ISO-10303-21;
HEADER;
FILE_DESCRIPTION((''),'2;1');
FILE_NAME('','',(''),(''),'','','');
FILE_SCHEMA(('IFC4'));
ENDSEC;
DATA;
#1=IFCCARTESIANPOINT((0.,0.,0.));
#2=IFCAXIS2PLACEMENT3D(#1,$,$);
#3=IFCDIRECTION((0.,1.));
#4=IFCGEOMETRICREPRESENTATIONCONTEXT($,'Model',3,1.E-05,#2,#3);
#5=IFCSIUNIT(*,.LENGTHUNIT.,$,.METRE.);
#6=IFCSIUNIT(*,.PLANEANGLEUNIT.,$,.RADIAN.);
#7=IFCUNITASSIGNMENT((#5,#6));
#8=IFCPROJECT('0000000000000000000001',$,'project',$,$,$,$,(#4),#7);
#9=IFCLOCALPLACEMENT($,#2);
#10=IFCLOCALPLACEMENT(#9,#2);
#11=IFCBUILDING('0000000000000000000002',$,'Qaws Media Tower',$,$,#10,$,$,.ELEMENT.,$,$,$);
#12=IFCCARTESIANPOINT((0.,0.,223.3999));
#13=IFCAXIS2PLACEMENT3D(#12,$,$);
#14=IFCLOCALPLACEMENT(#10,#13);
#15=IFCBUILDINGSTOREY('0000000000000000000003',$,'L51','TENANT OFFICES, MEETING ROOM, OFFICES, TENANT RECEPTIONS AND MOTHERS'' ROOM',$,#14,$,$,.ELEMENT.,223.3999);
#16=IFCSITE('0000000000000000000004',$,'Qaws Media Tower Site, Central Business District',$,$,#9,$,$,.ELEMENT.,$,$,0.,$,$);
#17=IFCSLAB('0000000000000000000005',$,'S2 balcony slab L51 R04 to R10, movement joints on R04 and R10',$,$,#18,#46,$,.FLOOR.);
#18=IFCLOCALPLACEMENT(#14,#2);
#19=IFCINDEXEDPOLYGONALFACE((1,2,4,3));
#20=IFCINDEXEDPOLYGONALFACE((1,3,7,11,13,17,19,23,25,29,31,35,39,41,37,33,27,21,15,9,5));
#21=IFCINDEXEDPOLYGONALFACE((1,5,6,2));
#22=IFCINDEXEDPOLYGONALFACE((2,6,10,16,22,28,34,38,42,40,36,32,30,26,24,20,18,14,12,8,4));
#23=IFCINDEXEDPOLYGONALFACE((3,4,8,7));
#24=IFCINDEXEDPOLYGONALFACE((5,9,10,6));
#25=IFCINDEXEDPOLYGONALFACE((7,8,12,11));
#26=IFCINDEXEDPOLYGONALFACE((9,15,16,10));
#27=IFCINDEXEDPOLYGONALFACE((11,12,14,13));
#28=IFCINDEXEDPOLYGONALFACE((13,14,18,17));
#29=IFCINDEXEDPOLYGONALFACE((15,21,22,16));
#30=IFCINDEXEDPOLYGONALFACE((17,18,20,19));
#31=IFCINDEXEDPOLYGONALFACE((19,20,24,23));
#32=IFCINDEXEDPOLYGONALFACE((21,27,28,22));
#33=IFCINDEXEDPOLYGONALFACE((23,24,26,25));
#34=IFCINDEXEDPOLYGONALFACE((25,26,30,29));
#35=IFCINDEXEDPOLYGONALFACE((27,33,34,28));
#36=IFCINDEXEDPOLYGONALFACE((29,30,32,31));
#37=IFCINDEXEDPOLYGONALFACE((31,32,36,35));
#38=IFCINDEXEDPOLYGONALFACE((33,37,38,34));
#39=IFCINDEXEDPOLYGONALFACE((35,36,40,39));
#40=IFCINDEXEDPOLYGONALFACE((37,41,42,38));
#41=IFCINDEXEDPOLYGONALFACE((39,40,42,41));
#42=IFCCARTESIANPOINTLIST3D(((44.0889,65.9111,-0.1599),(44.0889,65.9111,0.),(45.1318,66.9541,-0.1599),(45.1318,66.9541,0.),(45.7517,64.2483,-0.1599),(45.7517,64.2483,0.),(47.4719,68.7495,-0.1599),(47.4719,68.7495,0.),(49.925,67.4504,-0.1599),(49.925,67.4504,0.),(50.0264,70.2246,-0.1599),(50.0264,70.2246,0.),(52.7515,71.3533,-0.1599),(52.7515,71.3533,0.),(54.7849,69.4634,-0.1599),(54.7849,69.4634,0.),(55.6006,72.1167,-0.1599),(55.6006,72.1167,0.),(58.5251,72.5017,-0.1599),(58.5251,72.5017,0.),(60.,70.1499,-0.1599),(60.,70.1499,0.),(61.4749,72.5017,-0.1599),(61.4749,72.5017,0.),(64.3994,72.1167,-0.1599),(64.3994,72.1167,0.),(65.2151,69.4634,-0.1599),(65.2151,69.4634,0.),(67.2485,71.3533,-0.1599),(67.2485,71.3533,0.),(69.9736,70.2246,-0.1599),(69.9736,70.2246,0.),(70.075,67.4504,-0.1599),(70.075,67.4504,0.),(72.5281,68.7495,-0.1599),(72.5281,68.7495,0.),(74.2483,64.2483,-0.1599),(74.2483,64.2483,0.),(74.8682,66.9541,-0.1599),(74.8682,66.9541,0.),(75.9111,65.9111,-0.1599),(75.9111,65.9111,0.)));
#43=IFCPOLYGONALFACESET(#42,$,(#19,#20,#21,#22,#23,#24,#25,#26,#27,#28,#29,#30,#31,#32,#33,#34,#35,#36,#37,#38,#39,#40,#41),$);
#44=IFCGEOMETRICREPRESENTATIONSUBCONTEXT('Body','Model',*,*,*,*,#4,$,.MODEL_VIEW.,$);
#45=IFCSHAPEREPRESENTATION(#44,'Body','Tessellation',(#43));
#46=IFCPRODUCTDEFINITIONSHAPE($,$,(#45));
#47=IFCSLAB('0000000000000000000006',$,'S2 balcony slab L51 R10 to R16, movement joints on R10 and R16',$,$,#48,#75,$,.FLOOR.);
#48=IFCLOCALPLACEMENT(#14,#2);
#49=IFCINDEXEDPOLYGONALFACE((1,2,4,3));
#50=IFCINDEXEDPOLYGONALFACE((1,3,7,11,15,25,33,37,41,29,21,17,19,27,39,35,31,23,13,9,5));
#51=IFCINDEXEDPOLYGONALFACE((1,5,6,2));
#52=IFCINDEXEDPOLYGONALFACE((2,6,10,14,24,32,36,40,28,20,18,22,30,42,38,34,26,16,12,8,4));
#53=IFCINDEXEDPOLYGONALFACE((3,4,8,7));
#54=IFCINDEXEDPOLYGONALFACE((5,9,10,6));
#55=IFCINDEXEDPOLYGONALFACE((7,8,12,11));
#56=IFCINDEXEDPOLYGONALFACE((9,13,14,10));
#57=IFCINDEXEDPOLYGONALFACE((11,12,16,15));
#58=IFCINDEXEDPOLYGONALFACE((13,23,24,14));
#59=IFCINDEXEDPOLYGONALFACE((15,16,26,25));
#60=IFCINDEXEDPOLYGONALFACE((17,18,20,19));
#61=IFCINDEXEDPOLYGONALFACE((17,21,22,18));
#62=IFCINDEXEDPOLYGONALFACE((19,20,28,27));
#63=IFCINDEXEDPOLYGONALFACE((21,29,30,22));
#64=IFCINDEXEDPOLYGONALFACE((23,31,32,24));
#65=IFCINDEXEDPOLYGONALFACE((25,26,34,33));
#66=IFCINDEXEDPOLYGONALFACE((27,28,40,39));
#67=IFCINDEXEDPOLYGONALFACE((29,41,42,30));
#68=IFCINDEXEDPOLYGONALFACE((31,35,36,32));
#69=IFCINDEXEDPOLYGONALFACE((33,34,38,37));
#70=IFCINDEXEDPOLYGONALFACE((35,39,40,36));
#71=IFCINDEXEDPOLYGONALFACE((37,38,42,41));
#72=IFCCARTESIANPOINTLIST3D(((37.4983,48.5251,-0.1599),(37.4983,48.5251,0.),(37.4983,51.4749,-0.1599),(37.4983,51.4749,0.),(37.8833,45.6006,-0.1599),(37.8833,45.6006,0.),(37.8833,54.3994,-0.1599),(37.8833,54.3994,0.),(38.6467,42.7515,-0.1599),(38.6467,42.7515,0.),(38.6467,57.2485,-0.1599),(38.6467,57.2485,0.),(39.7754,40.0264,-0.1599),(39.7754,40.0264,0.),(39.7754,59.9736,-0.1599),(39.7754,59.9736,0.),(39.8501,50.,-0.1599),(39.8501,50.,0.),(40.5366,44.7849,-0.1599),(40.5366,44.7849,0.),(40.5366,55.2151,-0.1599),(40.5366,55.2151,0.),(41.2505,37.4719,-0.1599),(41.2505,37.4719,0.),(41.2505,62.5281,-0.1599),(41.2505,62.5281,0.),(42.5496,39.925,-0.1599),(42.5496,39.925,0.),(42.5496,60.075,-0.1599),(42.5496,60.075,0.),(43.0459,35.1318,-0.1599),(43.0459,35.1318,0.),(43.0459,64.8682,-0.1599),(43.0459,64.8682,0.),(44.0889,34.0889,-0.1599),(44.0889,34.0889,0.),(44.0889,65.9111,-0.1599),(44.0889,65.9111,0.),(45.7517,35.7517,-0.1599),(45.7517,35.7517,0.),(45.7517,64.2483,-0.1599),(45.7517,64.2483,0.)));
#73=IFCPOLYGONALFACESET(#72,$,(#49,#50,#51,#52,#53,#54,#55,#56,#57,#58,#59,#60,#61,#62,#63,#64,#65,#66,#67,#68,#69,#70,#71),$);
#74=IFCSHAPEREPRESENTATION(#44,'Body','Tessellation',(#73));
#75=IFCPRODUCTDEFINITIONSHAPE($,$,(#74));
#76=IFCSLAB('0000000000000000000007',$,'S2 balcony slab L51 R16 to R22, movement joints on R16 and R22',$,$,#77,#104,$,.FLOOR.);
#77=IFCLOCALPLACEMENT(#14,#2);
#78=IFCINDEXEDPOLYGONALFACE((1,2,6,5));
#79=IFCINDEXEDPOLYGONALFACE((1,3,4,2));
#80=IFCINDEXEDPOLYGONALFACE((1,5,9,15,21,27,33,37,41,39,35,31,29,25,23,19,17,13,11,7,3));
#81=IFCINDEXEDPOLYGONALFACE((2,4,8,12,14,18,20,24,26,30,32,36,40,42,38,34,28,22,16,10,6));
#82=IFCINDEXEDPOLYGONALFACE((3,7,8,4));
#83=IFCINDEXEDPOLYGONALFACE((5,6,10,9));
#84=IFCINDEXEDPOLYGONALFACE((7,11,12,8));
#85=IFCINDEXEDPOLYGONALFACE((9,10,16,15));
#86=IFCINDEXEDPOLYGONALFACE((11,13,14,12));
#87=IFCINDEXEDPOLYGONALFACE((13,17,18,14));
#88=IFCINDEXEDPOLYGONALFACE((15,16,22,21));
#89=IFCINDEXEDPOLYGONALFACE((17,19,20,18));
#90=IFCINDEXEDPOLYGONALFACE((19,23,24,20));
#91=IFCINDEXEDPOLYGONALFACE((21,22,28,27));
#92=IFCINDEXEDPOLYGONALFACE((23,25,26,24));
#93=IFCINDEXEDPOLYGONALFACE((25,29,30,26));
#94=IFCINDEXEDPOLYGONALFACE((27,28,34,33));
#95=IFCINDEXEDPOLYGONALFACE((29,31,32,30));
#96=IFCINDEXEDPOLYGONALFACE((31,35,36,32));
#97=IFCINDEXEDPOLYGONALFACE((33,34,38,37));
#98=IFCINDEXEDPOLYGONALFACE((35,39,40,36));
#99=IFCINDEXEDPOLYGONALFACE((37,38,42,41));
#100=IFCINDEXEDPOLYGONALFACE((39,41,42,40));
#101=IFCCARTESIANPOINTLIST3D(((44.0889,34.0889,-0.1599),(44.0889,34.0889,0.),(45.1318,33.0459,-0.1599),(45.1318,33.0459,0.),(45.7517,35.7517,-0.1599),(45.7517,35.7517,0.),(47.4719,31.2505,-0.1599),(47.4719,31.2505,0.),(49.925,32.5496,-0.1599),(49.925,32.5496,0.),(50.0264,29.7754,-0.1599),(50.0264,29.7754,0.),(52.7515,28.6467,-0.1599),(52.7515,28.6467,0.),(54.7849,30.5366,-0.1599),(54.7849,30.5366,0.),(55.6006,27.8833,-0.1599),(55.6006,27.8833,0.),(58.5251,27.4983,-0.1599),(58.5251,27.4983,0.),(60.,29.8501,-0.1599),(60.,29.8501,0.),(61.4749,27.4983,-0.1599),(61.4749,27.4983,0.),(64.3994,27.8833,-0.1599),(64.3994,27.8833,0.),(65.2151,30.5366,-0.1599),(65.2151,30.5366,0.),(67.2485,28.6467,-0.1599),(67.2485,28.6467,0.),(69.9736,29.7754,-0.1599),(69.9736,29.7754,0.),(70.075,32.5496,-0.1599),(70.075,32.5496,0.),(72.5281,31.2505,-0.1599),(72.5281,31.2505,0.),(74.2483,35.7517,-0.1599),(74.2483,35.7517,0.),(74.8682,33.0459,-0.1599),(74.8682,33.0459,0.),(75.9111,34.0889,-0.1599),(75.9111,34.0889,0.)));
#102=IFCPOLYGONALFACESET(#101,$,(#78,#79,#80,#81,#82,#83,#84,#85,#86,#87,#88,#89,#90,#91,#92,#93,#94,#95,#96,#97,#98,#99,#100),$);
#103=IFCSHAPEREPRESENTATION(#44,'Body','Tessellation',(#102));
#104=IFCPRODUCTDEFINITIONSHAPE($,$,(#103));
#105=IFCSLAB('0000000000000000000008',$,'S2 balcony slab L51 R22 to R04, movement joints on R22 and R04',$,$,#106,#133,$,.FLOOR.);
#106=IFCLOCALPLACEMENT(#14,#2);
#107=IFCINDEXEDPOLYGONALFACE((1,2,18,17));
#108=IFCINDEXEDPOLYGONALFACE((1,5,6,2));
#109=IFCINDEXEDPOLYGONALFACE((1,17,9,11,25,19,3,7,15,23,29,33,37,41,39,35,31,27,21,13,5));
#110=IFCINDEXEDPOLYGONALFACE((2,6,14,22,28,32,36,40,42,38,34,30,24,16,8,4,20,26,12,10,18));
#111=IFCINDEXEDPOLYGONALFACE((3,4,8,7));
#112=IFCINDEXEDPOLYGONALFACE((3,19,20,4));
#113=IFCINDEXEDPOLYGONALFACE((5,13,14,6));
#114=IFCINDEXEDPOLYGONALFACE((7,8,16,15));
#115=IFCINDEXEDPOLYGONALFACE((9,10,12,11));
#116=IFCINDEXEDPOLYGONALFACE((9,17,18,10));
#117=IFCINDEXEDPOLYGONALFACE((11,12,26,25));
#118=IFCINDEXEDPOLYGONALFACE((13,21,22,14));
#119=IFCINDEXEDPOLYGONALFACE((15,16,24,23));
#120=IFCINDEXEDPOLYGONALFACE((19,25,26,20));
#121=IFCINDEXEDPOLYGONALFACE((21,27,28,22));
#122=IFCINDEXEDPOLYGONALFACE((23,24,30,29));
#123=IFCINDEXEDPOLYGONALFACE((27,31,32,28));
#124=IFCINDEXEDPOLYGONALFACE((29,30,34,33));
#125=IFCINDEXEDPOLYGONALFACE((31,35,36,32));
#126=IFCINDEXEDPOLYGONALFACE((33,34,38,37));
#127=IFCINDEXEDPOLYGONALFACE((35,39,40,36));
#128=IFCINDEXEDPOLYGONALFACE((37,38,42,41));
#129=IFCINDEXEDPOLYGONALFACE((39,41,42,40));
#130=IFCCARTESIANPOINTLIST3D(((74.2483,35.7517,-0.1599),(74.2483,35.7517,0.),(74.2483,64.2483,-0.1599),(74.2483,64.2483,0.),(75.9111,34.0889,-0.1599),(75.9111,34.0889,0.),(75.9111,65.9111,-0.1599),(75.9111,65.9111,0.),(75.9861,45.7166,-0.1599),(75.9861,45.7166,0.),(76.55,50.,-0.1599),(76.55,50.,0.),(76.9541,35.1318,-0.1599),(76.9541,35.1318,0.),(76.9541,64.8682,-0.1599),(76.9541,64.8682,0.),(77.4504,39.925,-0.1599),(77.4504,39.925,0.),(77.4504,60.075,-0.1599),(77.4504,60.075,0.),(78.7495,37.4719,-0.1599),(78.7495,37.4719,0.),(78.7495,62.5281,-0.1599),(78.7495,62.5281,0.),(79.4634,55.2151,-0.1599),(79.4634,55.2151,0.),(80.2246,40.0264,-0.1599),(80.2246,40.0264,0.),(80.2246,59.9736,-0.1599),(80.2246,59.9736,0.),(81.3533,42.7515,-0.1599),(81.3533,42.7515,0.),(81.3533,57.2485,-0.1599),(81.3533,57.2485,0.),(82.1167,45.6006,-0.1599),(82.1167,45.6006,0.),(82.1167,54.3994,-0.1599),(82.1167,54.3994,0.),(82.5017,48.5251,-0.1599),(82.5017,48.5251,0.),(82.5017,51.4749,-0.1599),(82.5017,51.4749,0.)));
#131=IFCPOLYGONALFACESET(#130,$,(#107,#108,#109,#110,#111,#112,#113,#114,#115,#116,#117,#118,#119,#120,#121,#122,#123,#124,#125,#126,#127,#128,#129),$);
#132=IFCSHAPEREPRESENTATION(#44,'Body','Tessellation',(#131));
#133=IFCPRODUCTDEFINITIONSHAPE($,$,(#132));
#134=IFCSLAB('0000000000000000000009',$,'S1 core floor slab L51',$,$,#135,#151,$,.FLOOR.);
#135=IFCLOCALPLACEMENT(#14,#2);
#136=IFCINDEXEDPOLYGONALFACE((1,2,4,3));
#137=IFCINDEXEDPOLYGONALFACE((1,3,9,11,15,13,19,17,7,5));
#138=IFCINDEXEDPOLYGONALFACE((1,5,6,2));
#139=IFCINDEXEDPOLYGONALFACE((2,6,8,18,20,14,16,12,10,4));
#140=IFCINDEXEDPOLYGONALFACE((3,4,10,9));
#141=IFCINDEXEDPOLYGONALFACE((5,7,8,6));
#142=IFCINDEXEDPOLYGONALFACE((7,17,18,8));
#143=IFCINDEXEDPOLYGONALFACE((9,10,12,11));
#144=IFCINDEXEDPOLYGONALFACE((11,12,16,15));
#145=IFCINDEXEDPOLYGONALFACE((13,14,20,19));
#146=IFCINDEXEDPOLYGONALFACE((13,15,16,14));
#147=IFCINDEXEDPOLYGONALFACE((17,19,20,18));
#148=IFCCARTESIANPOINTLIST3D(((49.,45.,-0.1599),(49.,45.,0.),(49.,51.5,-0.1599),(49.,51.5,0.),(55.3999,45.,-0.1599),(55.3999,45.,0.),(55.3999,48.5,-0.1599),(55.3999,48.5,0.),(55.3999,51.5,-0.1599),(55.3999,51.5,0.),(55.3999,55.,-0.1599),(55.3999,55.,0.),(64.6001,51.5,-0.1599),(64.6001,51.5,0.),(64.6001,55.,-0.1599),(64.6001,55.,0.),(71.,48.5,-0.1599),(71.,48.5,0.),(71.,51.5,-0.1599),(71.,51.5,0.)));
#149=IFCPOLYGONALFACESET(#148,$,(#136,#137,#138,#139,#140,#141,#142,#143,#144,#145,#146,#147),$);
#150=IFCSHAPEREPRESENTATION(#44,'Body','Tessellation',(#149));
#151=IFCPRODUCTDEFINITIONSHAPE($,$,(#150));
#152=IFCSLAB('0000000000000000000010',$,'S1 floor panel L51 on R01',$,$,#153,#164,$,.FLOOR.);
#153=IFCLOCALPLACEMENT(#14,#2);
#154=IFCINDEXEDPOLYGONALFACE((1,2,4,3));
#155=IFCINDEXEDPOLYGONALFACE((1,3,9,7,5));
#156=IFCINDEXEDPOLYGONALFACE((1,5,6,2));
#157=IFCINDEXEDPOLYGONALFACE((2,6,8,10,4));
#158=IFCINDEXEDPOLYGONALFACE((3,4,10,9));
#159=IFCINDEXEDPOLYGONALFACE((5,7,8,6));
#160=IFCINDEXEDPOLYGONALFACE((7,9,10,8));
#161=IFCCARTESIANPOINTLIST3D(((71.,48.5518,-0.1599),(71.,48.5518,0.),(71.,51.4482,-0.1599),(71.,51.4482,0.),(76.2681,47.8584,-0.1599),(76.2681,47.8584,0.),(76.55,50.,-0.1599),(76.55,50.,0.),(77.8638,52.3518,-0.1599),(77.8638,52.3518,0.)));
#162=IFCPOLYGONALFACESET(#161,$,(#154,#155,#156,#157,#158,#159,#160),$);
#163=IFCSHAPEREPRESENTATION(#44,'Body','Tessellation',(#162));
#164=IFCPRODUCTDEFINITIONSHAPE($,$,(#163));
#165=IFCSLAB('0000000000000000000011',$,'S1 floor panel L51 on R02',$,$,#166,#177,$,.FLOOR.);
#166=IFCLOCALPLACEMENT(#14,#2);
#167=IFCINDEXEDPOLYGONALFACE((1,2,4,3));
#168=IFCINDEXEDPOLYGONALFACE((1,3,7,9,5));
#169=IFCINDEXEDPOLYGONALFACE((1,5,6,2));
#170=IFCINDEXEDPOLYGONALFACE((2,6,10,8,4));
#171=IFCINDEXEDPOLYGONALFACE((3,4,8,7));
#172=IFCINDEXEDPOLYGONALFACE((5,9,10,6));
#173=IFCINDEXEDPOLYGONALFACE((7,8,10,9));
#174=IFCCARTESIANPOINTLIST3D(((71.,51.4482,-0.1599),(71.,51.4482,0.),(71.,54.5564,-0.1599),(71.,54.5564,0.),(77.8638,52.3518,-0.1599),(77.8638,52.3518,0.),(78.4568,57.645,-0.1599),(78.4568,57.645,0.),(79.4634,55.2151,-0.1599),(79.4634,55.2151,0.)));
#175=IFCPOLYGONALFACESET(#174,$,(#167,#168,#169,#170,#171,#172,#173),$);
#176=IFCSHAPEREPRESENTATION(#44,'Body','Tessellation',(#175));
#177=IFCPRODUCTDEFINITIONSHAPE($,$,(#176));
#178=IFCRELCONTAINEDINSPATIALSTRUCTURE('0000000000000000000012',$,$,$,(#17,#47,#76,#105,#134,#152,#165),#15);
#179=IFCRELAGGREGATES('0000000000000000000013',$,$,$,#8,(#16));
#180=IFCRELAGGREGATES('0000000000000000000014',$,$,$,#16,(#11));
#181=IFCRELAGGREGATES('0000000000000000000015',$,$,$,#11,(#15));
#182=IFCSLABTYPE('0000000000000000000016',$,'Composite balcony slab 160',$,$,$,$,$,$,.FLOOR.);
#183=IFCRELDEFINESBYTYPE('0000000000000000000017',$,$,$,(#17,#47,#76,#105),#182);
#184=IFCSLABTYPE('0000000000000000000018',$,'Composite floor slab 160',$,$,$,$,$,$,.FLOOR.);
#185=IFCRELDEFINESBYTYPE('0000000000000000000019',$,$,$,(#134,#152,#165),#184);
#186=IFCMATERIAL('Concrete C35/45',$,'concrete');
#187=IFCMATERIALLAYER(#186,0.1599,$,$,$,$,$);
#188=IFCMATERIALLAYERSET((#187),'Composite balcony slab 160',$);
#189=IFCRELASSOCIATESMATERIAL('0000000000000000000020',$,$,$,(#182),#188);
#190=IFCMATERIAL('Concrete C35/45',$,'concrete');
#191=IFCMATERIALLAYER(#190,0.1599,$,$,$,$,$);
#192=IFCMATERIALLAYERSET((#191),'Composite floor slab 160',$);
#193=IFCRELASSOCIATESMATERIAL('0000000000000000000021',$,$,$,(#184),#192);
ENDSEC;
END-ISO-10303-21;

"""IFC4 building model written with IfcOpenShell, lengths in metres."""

from ifc_helpers import new_model, si_unit, direction, frame, origin, place, context, subcontext, project, spatial, polyline, outline, extrude, material, layer, layer_set, type_object, element, save


model = new_model("IFC4")

# Units and contexts
model_context = context("Model", 3, precision=1e-05, world=origin(), true_north=direction((0.0, 1.0)))
body_context = subcontext(model_context, "Body", "Model", "MODEL_VIEW")
ifc_project = project(units=[si_unit("LENGTHUNIT", "METRE"), si_unit("PLANEANGLEUNIT", "RADIAN")], contexts=[model_context])

# Site, building, storey
site_placement = place(None, origin())
site = spatial("IfcSite", under=ifc_project, at=site_placement, Name="Qaws Media Tower Site, Central Business District", CompositionType="ELEMENT", RefElevation=0.0)
building_placement = place(site_placement, origin())
building = spatial("IfcBuilding", under=site, at=building_placement, Name="Qaws Media Tower", CompositionType="ELEMENT")
storey_placement = place(building_placement, frame((0.0, 0.0, 223.3999)))
storey = spatial("IfcBuildingStorey", under=building, at=storey_placement, Name="L51", Description="TENANT OFFICES, MEETING ROOM, OFFICES, TENANT RECEPTIONS AND MOTHERS' ROOM", CompositionType="ELEMENT", Elevation=223.3999)

# Slabs
ifc_material_1 = material(Name="Concrete C35/45", Category="concrete")
ifc_layer_1 = layer(ifc_material_1, 0.1599)
ifc_layer_set_1 = layer_set([ifc_layer_1], Name="Composite balcony slab 160")
slab_type_1 = type_object("IfcSlabType", Name="Composite balcony slab 160", PredefinedType="FLOOR", material=ifc_layer_set_1)
slab_1_placement = place(storey_placement, frame((0.0, 0.0, -0.1599)))
element("IfcSlab", 1, at=slab_1_placement, inside=storey, type_object=slab_type_1, Name="S2 balcony slab L51 R04 to R10, movement joints on R04 and R10", PredefinedType="FLOOR", context=body_context, shape_type="SweptSolid", body=[
    extrude(outline(polyline([(45.1318, 66.9541), (47.4719, 68.7495), (50.0264, 70.2246), (52.7515, 71.3533), (55.6006, 72.1167), (58.5251, 72.5017), (61.4749, 72.5017), (64.3994, 72.1167), (67.2485, 71.3533), (69.9736, 70.2246), (72.5281, 68.7495), (74.8682, 66.9541), (75.9111, 65.9111), (74.2483, 64.2483), (70.075, 67.4504), (65.2151, 69.4634), (60.0, 70.1499), (54.7849, 69.4634), (49.925, 67.4504), (45.7517, 64.2483), (44.0889, 65.9111), (45.1318, 66.9541)])), origin(), (0.0, 0.0, 1.0), 0.1599),
])
slab_2_placement = place(storey_placement, frame((0.0, 0.0, -0.1599)))
element("IfcSlab", 2, at=slab_2_placement, inside=storey, type_object=slab_type_1, Name="S2 balcony slab L51 R10 to R16, movement joints on R10 and R16", PredefinedType="FLOOR", context=body_context, shape_type="SweptSolid", body=[
    extrude(outline(polyline([(43.0459, 35.1318), (41.2505, 37.4719), (39.7754, 40.0264), (38.6467, 42.7515), (37.8833, 45.6006), (37.4983, 48.5251), (37.4983, 51.4749), (37.8833, 54.3994), (38.6467, 57.2485), (39.7754, 59.9736), (41.2505, 62.5281), (43.0459, 64.8682), (44.0889, 65.9111), (45.7517, 64.2483), (42.5496, 60.075), (40.5366, 55.2151), (39.8501, 50.0), (40.5366, 44.7849), (42.5496, 39.925), (45.7517, 35.7517), (44.0889, 34.0889), (43.0459, 35.1318)])), origin(), (0.0, 0.0, 1.0), 0.1599),
])
slab_3_placement = place(storey_placement, frame((0.0, 0.0, -0.1599)))
element("IfcSlab", 3, at=slab_3_placement, inside=storey, type_object=slab_type_1, Name="S2 balcony slab L51 R16 to R22, movement joints on R16 and R22", PredefinedType="FLOOR", context=body_context, shape_type="SweptSolid", body=[
    extrude(outline(polyline([(74.8682, 33.0459), (72.5281, 31.2505), (69.9736, 29.7754), (67.2485, 28.6467), (64.3994, 27.8833), (61.4749, 27.4983), (58.5251, 27.4983), (55.6006, 27.8833), (52.7515, 28.6467), (50.0264, 29.7754), (47.4719, 31.2505), (45.1318, 33.0459), (44.0889, 34.0889), (45.7517, 35.7517), (49.925, 32.5496), (54.7849, 30.5366), (60.0, 29.8501), (65.2151, 30.5366), (70.075, 32.5496), (74.2483, 35.7517), (75.9111, 34.0889), (74.8682, 33.0459)])), origin(), (0.0, 0.0, 1.0), 0.1599),
])
slab_4_placement = place(storey_placement, frame((0.0, 0.0, -0.1599)))
element("IfcSlab", 4, at=slab_4_placement, inside=storey, type_object=slab_type_1, Name="S2 balcony slab L51 R22 to R04, movement joints on R22 and R04", PredefinedType="FLOOR", context=body_context, shape_type="SweptSolid", body=[
    extrude(outline(polyline([(82.1167, 45.6006), (81.3533, 42.7515), (80.2246, 40.0264), (78.7495, 37.4719), (76.9541, 35.1318), (75.9111, 34.0889), (74.2483, 35.7517), (77.4504, 39.925), (75.9861, 45.7166), (76.55, 50.0), (79.4634, 55.2151), (77.4504, 60.075), (74.2483, 64.2483), (75.9111, 65.9111), (76.9541, 64.8682), (78.7495, 62.5281), (80.2246, 59.9736), (81.3533, 57.2485), (82.1167, 54.3994), (82.5017, 51.4749), (82.5017, 48.5251), (82.1167, 45.6006)])), origin(), (0.0, 0.0, 1.0), 0.1599),
])
ifc_material_2 = material(Name="Concrete C35/45", Category="concrete")
ifc_layer_2 = layer(ifc_material_2, 0.1599)
ifc_layer_set_2 = layer_set([ifc_layer_2], Name="Composite floor slab 160")
slab_type_2 = type_object("IfcSlabType", Name="Composite floor slab 160", PredefinedType="FLOOR", material=ifc_layer_set_2)
slab_5_placement = place(storey_placement, frame((0.0, 0.0, -0.1599)))
element("IfcSlab", 5, at=slab_5_placement, inside=storey, type_object=slab_type_2, Name="S1 core floor slab L51", PredefinedType="FLOOR", context=body_context, shape_type="SweptSolid", body=[
    extrude(outline(polyline([(71.0, 51.5), (71.0, 48.5), (55.3999, 48.5), (55.3999, 45.0), (49.0, 45.0), (49.0, 51.5), (55.3999, 51.5), (55.3999, 55.0), (64.6001, 55.0), (64.6001, 51.5), (71.0, 51.5)])), origin(), (0.0, 0.0, 1.0), 0.1599),
])
slab_6_placement = place(storey_placement, frame((0.0, 0.0, -0.1599)))
element("IfcSlab", 6, at=slab_6_placement, inside=storey, type_object=slab_type_2, Name="S1 floor panel L51 on R01", PredefinedType="FLOOR", context=body_context, shape_type="SweptSolid", body=[
    extrude(outline(polyline([(76.55, 50.0), (76.2681, 47.8584), (71.0, 48.5518), (71.0, 51.4482), (77.8638, 52.3518), (76.55, 50.0)])), origin(), (0.0, 0.0, 1.0), 0.1599),
])
slab_7_placement = place(storey_placement, frame((0.0, 0.0, -0.1599)))
element("IfcSlab", 7, at=slab_7_placement, inside=storey, type_object=slab_type_2, Name="S1 floor panel L51 on R02", PredefinedType="FLOOR", context=body_context, shape_type="SweptSolid", body=[
    extrude(outline(polyline([(79.4634, 55.2151), (77.8638, 52.3518), (71.0, 51.4482), (71.0, 54.5564), (78.4568, 57.645), (79.4634, 55.2151)])), origin(), (0.0, 0.0, 1.0), 0.1599),
])

save(model, "model.ifc")
